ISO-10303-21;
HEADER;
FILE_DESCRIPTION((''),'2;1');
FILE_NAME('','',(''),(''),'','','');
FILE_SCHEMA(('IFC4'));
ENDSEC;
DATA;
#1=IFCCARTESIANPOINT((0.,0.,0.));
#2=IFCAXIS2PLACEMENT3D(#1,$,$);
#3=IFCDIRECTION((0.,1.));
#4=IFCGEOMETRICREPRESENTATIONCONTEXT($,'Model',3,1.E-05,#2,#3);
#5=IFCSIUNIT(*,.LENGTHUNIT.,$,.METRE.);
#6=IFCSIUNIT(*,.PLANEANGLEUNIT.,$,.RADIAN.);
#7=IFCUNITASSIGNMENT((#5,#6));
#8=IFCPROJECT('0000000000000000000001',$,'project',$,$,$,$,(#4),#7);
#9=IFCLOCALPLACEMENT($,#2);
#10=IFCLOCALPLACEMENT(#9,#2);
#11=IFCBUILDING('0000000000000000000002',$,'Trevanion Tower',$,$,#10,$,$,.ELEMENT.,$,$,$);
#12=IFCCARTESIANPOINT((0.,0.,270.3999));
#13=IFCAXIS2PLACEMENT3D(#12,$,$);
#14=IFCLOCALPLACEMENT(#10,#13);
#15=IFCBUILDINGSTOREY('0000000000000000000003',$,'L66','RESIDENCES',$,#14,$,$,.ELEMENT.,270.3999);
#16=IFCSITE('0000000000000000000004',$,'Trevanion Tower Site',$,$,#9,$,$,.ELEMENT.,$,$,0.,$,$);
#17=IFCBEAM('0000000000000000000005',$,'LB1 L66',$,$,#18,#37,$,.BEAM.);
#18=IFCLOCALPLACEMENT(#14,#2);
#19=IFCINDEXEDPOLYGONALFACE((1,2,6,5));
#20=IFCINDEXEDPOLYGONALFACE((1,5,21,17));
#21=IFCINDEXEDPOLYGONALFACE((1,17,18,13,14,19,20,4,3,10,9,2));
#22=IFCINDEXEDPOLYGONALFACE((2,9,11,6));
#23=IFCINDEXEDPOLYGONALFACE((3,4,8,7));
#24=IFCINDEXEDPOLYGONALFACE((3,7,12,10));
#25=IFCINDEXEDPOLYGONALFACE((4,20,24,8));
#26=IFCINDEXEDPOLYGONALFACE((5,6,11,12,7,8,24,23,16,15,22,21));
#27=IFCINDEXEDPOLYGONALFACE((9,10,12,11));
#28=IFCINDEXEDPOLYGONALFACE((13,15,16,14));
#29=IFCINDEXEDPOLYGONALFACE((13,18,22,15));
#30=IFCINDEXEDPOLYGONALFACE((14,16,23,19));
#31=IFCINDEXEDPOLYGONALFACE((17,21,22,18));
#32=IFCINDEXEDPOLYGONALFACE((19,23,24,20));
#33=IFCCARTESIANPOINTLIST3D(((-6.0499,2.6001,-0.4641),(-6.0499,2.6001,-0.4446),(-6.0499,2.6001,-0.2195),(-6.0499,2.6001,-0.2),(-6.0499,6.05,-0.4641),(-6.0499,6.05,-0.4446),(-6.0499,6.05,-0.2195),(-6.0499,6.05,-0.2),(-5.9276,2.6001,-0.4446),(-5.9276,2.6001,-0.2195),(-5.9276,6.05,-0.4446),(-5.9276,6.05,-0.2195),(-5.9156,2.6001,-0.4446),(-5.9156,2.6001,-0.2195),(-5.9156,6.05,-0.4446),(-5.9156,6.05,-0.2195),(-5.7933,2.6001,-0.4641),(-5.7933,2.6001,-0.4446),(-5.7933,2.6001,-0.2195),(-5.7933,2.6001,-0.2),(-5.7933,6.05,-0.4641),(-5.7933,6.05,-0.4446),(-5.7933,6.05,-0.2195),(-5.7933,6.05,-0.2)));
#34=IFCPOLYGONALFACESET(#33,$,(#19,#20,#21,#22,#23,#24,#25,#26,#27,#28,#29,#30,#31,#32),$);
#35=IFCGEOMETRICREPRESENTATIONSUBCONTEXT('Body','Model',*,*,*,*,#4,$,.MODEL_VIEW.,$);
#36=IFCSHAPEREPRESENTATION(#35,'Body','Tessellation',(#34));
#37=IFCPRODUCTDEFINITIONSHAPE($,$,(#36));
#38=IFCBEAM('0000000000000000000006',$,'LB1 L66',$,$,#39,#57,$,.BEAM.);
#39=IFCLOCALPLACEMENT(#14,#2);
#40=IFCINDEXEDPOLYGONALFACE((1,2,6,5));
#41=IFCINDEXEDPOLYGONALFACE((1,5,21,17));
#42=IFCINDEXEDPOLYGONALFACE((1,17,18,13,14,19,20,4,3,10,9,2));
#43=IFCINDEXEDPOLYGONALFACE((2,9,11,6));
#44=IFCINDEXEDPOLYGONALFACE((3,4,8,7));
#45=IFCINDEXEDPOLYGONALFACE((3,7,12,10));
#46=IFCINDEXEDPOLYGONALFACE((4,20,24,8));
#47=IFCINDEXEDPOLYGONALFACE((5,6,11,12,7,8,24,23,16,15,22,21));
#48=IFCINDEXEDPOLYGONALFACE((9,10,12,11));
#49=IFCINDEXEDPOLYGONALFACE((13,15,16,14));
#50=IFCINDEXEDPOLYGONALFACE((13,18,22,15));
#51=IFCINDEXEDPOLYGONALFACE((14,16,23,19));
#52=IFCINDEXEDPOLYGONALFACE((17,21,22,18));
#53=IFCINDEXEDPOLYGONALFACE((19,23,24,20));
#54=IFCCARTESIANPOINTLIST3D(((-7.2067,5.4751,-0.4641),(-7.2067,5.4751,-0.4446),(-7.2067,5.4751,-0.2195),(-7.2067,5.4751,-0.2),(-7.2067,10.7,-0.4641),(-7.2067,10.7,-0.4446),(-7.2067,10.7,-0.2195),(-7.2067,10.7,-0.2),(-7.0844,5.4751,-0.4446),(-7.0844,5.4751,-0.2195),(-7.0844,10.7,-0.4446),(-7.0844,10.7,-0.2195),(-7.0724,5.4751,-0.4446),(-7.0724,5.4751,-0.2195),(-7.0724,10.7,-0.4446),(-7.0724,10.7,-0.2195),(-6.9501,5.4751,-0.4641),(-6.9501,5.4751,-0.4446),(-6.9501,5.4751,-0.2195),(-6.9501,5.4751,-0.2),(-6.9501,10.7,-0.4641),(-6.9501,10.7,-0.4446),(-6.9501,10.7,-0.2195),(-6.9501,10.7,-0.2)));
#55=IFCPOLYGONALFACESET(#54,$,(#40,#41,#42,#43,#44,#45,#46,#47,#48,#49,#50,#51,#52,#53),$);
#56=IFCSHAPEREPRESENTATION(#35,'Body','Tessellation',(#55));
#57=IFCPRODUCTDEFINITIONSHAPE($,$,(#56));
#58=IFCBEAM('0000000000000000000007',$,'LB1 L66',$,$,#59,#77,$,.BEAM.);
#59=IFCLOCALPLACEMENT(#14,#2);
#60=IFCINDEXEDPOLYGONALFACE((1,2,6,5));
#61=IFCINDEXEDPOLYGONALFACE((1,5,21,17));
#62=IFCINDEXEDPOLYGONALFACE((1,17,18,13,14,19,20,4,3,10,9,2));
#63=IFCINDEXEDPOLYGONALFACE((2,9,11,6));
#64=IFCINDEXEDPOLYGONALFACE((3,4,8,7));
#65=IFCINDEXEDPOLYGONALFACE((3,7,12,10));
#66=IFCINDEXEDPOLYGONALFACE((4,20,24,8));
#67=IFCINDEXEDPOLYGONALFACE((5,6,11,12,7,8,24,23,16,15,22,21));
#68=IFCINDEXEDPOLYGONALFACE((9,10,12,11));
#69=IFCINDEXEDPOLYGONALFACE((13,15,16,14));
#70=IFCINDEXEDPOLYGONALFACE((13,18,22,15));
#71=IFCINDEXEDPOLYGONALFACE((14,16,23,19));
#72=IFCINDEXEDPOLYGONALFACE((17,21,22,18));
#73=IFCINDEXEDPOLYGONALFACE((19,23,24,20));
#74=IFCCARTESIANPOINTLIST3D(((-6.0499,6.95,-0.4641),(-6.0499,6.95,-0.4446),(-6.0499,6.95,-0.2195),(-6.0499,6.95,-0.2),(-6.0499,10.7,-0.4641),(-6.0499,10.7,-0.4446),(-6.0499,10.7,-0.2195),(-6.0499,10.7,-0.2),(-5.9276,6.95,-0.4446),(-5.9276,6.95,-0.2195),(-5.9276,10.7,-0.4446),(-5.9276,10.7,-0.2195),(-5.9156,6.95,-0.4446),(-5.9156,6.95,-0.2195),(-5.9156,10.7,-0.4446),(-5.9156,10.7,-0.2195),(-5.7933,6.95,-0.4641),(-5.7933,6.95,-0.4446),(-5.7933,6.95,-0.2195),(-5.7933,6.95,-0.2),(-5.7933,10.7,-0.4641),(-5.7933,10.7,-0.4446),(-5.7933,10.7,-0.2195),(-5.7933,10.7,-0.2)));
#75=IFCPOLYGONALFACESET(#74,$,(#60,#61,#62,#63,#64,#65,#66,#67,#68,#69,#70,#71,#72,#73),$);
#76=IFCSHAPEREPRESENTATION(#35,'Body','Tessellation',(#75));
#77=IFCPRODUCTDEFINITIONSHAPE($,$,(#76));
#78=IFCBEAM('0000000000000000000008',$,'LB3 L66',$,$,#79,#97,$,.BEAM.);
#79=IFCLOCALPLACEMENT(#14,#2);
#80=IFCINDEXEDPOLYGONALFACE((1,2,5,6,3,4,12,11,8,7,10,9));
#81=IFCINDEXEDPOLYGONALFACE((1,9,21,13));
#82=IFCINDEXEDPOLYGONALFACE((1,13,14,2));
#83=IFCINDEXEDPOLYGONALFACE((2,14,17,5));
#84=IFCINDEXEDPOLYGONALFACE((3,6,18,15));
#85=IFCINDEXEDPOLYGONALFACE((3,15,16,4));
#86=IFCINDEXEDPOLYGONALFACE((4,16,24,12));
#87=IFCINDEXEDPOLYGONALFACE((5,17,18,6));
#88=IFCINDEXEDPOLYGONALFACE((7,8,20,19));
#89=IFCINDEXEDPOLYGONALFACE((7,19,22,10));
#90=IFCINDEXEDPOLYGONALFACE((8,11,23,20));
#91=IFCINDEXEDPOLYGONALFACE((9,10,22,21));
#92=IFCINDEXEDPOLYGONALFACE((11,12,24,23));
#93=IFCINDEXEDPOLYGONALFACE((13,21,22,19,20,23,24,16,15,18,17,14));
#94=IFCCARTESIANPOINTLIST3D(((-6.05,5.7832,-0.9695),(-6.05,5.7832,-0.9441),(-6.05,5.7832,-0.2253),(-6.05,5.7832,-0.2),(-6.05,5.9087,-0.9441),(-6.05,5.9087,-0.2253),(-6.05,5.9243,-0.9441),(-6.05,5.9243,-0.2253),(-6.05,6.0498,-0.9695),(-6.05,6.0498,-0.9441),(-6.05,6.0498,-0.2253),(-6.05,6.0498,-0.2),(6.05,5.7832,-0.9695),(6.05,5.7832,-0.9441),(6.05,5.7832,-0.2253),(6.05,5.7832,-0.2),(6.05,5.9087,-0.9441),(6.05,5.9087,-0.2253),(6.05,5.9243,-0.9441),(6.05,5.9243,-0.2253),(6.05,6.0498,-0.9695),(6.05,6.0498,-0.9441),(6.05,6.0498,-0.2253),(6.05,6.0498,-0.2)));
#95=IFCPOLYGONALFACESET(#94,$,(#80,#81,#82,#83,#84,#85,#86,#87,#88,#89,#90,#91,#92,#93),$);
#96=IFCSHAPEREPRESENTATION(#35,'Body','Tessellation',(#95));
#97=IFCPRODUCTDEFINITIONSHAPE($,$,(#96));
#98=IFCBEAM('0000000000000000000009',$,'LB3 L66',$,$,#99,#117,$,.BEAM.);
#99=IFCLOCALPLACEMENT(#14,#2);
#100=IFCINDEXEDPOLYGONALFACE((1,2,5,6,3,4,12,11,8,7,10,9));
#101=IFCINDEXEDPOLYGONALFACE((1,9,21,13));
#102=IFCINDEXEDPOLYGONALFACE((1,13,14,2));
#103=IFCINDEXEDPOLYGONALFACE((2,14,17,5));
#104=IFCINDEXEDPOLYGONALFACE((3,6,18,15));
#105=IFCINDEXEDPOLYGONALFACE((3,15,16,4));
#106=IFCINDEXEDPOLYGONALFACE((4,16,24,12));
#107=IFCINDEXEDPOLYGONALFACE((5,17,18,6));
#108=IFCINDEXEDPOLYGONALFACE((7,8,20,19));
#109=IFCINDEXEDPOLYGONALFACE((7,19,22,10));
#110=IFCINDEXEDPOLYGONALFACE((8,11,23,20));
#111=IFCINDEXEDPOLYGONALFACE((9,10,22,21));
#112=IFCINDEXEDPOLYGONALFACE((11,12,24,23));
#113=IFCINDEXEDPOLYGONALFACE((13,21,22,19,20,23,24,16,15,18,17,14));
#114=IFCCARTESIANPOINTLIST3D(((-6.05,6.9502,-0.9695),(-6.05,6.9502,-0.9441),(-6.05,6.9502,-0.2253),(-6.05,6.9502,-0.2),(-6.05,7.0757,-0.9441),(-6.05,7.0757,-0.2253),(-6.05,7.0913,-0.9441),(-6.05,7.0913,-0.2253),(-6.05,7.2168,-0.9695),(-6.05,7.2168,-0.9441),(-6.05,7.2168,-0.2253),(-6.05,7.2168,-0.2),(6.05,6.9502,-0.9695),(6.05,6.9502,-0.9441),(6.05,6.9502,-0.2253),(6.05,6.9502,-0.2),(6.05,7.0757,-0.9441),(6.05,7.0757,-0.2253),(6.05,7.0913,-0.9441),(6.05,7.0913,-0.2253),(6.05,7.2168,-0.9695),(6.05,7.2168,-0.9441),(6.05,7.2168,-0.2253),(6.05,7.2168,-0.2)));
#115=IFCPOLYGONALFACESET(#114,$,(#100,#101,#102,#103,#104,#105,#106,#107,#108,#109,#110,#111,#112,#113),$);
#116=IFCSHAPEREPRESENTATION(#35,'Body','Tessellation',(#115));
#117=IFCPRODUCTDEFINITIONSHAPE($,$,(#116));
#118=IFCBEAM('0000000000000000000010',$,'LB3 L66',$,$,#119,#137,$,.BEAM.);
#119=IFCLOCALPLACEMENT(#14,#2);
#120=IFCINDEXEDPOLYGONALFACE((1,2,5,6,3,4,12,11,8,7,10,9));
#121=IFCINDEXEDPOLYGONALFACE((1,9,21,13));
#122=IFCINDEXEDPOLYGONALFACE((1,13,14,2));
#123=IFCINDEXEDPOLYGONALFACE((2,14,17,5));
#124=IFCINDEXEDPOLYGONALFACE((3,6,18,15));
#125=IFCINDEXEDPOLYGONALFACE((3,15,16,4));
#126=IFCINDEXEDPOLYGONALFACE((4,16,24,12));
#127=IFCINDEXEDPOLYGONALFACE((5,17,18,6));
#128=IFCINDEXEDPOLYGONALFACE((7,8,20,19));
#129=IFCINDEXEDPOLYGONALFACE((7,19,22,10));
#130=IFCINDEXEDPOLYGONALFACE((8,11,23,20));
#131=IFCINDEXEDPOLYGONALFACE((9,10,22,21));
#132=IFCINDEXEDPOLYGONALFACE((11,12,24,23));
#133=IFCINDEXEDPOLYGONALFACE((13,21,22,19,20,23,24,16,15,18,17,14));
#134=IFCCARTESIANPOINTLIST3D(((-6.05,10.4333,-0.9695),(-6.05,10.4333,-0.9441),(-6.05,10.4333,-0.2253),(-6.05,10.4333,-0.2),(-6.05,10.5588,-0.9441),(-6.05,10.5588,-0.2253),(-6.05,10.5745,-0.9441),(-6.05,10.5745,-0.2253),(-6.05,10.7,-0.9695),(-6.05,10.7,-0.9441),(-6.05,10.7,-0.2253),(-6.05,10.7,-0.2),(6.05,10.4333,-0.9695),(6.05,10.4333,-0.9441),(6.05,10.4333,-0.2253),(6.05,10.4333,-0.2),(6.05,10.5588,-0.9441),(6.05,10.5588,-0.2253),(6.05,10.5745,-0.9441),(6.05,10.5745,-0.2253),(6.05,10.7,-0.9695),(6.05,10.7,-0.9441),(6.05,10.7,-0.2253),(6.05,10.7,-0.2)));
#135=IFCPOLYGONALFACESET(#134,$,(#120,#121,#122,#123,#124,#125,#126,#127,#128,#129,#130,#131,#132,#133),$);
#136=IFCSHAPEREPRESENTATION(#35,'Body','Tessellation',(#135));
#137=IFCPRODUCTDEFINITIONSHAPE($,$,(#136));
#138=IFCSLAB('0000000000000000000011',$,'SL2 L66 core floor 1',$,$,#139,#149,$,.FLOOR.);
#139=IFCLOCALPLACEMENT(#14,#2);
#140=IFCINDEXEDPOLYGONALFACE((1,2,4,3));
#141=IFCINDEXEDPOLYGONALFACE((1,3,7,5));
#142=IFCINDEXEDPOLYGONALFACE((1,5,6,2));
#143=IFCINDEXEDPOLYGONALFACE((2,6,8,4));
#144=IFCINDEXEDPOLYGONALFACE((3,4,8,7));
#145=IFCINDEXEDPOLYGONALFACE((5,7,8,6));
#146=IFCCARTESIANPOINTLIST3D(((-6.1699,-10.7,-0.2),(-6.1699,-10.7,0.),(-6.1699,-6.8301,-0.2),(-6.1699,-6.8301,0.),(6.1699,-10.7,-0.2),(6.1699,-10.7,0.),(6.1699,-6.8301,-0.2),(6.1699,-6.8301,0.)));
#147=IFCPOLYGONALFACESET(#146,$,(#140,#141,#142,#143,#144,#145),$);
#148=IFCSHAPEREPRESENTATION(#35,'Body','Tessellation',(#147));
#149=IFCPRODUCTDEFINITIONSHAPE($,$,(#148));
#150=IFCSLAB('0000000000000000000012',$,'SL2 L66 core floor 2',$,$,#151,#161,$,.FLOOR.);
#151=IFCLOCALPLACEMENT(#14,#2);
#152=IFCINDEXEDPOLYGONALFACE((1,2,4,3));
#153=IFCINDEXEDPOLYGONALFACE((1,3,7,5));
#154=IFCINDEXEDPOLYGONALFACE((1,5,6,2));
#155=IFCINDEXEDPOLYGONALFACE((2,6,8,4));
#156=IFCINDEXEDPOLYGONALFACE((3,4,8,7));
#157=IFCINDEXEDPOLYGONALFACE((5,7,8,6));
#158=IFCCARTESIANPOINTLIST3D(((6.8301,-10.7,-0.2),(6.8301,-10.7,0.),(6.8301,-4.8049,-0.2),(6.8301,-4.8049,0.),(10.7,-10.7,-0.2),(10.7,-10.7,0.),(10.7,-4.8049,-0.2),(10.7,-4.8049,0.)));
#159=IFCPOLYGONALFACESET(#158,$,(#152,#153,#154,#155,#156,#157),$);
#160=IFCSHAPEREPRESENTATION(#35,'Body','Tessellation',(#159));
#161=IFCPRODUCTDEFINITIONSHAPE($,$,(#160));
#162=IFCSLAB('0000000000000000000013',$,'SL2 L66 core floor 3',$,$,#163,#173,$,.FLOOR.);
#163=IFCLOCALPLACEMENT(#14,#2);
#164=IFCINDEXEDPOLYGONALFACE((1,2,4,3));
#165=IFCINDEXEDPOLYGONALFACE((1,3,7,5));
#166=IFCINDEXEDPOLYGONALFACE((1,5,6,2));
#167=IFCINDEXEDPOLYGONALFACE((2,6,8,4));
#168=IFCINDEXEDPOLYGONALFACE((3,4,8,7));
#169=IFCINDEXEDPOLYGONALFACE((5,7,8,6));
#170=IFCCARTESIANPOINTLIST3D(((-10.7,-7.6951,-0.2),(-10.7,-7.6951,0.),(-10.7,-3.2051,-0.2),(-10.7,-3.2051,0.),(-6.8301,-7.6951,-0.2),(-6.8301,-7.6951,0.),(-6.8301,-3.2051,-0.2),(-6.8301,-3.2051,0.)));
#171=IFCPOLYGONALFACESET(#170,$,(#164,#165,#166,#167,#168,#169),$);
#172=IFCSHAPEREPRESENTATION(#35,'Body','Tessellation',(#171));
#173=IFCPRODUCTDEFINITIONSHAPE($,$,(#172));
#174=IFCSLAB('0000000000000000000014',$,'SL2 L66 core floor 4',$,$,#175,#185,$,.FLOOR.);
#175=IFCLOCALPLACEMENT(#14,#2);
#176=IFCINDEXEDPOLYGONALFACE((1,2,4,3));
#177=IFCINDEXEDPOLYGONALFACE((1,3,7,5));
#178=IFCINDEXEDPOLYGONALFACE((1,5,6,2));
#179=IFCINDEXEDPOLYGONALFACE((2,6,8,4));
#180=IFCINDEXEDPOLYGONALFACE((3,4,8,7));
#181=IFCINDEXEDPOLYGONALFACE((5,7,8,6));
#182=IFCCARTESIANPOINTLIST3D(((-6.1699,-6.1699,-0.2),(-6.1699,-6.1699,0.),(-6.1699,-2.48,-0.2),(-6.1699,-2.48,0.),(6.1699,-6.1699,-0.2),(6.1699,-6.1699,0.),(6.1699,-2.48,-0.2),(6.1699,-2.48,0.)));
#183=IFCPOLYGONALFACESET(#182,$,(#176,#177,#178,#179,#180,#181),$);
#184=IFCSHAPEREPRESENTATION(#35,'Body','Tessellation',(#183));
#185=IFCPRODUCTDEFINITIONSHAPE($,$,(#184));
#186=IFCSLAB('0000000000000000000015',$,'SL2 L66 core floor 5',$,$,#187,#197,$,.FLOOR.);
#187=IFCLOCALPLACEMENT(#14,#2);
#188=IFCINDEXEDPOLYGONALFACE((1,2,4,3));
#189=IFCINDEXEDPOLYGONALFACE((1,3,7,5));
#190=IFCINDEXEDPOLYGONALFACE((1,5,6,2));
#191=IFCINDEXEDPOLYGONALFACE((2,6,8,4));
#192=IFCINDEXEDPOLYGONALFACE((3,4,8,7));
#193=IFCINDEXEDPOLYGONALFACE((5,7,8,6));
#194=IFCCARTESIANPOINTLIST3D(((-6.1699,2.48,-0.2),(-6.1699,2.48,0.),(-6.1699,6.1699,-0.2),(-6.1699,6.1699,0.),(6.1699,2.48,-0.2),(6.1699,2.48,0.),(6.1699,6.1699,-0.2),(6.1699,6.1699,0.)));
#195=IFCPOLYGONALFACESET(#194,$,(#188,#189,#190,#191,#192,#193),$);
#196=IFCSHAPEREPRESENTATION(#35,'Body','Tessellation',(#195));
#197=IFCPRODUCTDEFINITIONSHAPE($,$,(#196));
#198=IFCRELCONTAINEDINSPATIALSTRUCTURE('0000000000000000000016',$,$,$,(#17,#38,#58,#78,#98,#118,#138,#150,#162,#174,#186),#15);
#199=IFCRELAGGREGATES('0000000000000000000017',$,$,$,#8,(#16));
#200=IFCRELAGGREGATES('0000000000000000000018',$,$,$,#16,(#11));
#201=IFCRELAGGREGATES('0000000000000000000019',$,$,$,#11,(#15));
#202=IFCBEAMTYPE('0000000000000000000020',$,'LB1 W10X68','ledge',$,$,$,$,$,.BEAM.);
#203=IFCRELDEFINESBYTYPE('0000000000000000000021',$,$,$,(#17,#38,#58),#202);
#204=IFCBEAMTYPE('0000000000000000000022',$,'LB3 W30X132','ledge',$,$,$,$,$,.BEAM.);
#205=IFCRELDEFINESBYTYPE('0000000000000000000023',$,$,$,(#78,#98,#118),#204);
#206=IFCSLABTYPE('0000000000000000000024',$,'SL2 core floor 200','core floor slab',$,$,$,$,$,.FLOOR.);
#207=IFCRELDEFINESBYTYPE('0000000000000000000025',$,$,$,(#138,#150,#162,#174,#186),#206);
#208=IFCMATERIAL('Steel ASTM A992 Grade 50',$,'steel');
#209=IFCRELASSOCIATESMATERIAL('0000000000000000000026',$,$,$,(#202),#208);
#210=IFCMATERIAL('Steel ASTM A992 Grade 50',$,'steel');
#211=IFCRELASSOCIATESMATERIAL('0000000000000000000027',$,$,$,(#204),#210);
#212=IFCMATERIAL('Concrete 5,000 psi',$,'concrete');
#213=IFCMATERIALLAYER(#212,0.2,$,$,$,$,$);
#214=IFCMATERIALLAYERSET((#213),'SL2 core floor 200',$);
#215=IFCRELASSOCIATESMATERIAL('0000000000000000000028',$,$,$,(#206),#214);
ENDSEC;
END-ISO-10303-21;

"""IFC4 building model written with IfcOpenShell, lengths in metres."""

from ifc_helpers import new_model, si_unit, direction, frame, origin, origin_2d, place, context, subcontext, project, spatial, polyline, i_section, outline, extrude, material, layer, layer_set, material_profile, profile_set, type_object, element, save


model = new_model("IFC4")

# Units and contexts
model_context = context("Model", 3, precision=1e-05, world=origin(), true_north=direction((0.0, 1.0)))
body_context = subcontext(model_context, "Body", "Model", "MODEL_VIEW")
ifc_project = project(units=[si_unit("LENGTHUNIT", "METRE"), si_unit("PLANEANGLEUNIT", "RADIAN")], contexts=[model_context])

# Site, building, storey
site_placement = place(None, origin())
site = spatial("IfcSite", under=ifc_project, at=site_placement, Name="Trevanion Tower Site", CompositionType="ELEMENT", RefElevation=0.0)
building_placement = place(site_placement, origin())
building = spatial("IfcBuilding", under=site, at=building_placement, Name="Trevanion Tower", CompositionType="ELEMENT")
storey_placement = place(building_placement, frame((0.0, 0.0, 270.3999)))
storey = spatial("IfcBuildingStorey", under=building, at=storey_placement, Name="L66", Description="RESIDENCES", CompositionType="ELEMENT", Elevation=270.3999)

# Beams
ifc_material_1 = material(Name="Steel ASTM A992 Grade 50", Category="steel")
ifc_material_profile_1 = material_profile(ifc_material_1, i_section(OverallWidth=0.2566, OverallDepth=0.2642, WebThickness=0.012, FlangeThickness=0.0195, at=origin_2d()), Name="W10X68")
ifc_profile_set_1 = profile_set([ifc_material_profile_1], Name="Steel ASTM A992 Grade 50")
beam_type_1 = type_object("IfcBeamType", Name="LB1 W10X68", Description="ledge", PredefinedType="BEAM", material=ifc_profile_set_1)
beam_1_placement = place(storey_placement, frame((-5.9216, 2.6001, -0.332), z_axis=(0.0, 1.0, 0.0), x_axis=(-1.0, 0.0, 0.0)))
element("IfcBeam", 1, at=beam_1_placement, inside=storey, type_object=beam_type_1, Name="LB1 L66", PredefinedType="BEAM", context=body_context, shape_type="SweptSolid", body=[
    extrude(i_section(OverallWidth=0.2566, OverallDepth=0.2642, WebThickness=0.012, FlangeThickness=0.0195, at=origin_2d()), origin(), (0.0, 0.0, 1.0), 3.45),
])
beam_2_placement = place(storey_placement, frame((-7.0784, 5.4751, -0.332), z_axis=(0.0, 1.0, 0.0), x_axis=(-1.0, 0.0, 0.0)))
element("IfcBeam", 2, at=beam_2_placement, inside=storey, type_object=beam_type_1, Name="LB1 L66", PredefinedType="BEAM", context=body_context, shape_type="SweptSolid", body=[
    extrude(i_section(OverallWidth=0.2566, OverallDepth=0.2642, WebThickness=0.012, FlangeThickness=0.0195, at=origin_2d()), origin(), (0.0, 0.0, 1.0), 5.2249),
])
beam_3_placement = place(storey_placement, frame((-5.9216, 6.95, -0.332), z_axis=(0.0, 1.0, 0.0), x_axis=(-1.0, 0.0, 0.0)))
element("IfcBeam", 3, at=beam_3_placement, inside=storey, type_object=beam_type_1, Name="LB1 L66", PredefinedType="BEAM", context=body_context, shape_type="SweptSolid", body=[
    extrude(i_section(OverallWidth=0.2566, OverallDepth=0.2642, WebThickness=0.012, FlangeThickness=0.0195, at=origin_2d()), origin(), (0.0, 0.0, 1.0), 3.75),
])
ifc_material_2 = material(Name="Steel ASTM A992 Grade 50", Category="steel")
ifc_material_profile_2 = material_profile(ifc_material_2, i_section(OverallWidth=0.2666, OverallDepth=0.7695, WebThickness=0.0156, FlangeThickness=0.0254, at=origin_2d()), Name="W30X132")
ifc_profile_set_2 = profile_set([ifc_material_profile_2], Name="Steel ASTM A992 Grade 50")
beam_type_2 = type_object("IfcBeamType", Name="LB3 W30X132", Description="ledge", PredefinedType="BEAM", material=ifc_profile_set_2)
for number, where, z_axis, x_axis, name in (
    (4, (-6.05, 5.9165, -0.5847), (1.0, 0.0, 0.0), (0.0, 1.0, 0.0), "LB3 L66"),
    (5, (-6.05, 7.0835, -0.5847), (1.0, 0.0, 0.0), (0.0, 1.0, 0.0), "LB3 L66"),
    (6, (-6.05, 10.5667, -0.5847), (1.0, 0.0, 0.0), (0.0, 1.0, 0.0), "LB3 L66"),
):
    element("IfcBeam", number, at=place(storey_placement, frame(where, z_axis=z_axis, x_axis=x_axis)), inside=storey, type_object=beam_type_2, Name=name, PredefinedType="BEAM", context=body_context, shape_type="SweptSolid", body=[
        extrude(i_section(OverallWidth=0.2666, OverallDepth=0.7695, WebThickness=0.0156, FlangeThickness=0.0254, at=origin_2d()), origin(), (0.0, 0.0, 1.0), 12.1001),
    ])

# Slabs
ifc_material_3 = material(Name="Concrete 5,000 psi", Category="concrete")
ifc_layer_1 = layer(ifc_material_3, 0.2)
ifc_layer_set_1 = layer_set([ifc_layer_1], Name="SL2 core floor 200")
slab_type = type_object("IfcSlabType", Name="SL2 core floor 200", Description="core floor slab", PredefinedType="FLOOR", material=ifc_layer_set_1)
slab_1_placement = place(storey_placement, frame((0.0, 0.0, -0.2)))
element("IfcSlab", 7, at=slab_1_placement, inside=storey, type_object=slab_type, Name="SL2 L66 core floor 1", PredefinedType="FLOOR", context=body_context, shape_type="SweptSolid", body=[
    extrude(outline(polyline([(6.1699, -10.7), (-6.1699, -10.7), (-6.1699, -6.8301), (6.1699, -6.8301), (6.1699, -10.7)])), origin(), (0.0, 0.0, 1.0), 0.2),
])
slab_2_placement = place(storey_placement, frame((0.0, 0.0, -0.2)))
element("IfcSlab", 8, at=slab_2_placement, inside=storey, type_object=slab_type, Name="SL2 L66 core floor 2", PredefinedType="FLOOR", context=body_context, shape_type="SweptSolid", body=[
    extrude(outline(polyline([(6.8301, -4.8049), (10.7, -4.8049), (10.7, -10.7), (6.8301, -10.7), (6.8301, -4.8049)])), origin(), (0.0, 0.0, 1.0), 0.2),
])
slab_3_placement = place(storey_placement, frame((0.0, 0.0, -0.2)))
element("IfcSlab", 9, at=slab_3_placement, inside=storey, type_object=slab_type, Name="SL2 L66 core floor 3", PredefinedType="FLOOR", context=body_context, shape_type="SweptSolid", body=[
    extrude(outline(polyline([(-6.8301, -3.2051), (-6.8301, -7.6951), (-10.7, -7.6951), (-10.7, -3.2051), (-6.8301, -3.2051)])), origin(), (0.0, 0.0, 1.0), 0.2),
])
slab_4_placement = place(storey_placement, frame((0.0, 0.0, -0.2)))
element("IfcSlab", 10, at=slab_4_placement, inside=storey, type_object=slab_type, Name="SL2 L66 core floor 4", PredefinedType="FLOOR", context=body_context, shape_type="SweptSolid", body=[
    extrude(outline(polyline([(6.1699, -6.1699), (-6.1699, -6.1699), (-6.1699, -2.48), (6.1699, -2.48), (6.1699, -6.1699)])), origin(), (0.0, 0.0, 1.0), 0.2),
])
slab_5_placement = place(storey_placement, frame((0.0, 0.0, -0.2)))
element("IfcSlab", 11, at=slab_5_placement, inside=storey, type_object=slab_type, Name="SL2 L66 core floor 5", PredefinedType="FLOOR", context=body_context, shape_type="SweptSolid", body=[
    extrude(outline(polyline([(6.1699, 2.48), (-6.1699, 2.48), (-6.1699, 6.1699), (6.1699, 6.1699), (6.1699, 2.48)])), origin(), (0.0, 0.0, 1.0), 0.2),
])

save(model, "model.ifc")
